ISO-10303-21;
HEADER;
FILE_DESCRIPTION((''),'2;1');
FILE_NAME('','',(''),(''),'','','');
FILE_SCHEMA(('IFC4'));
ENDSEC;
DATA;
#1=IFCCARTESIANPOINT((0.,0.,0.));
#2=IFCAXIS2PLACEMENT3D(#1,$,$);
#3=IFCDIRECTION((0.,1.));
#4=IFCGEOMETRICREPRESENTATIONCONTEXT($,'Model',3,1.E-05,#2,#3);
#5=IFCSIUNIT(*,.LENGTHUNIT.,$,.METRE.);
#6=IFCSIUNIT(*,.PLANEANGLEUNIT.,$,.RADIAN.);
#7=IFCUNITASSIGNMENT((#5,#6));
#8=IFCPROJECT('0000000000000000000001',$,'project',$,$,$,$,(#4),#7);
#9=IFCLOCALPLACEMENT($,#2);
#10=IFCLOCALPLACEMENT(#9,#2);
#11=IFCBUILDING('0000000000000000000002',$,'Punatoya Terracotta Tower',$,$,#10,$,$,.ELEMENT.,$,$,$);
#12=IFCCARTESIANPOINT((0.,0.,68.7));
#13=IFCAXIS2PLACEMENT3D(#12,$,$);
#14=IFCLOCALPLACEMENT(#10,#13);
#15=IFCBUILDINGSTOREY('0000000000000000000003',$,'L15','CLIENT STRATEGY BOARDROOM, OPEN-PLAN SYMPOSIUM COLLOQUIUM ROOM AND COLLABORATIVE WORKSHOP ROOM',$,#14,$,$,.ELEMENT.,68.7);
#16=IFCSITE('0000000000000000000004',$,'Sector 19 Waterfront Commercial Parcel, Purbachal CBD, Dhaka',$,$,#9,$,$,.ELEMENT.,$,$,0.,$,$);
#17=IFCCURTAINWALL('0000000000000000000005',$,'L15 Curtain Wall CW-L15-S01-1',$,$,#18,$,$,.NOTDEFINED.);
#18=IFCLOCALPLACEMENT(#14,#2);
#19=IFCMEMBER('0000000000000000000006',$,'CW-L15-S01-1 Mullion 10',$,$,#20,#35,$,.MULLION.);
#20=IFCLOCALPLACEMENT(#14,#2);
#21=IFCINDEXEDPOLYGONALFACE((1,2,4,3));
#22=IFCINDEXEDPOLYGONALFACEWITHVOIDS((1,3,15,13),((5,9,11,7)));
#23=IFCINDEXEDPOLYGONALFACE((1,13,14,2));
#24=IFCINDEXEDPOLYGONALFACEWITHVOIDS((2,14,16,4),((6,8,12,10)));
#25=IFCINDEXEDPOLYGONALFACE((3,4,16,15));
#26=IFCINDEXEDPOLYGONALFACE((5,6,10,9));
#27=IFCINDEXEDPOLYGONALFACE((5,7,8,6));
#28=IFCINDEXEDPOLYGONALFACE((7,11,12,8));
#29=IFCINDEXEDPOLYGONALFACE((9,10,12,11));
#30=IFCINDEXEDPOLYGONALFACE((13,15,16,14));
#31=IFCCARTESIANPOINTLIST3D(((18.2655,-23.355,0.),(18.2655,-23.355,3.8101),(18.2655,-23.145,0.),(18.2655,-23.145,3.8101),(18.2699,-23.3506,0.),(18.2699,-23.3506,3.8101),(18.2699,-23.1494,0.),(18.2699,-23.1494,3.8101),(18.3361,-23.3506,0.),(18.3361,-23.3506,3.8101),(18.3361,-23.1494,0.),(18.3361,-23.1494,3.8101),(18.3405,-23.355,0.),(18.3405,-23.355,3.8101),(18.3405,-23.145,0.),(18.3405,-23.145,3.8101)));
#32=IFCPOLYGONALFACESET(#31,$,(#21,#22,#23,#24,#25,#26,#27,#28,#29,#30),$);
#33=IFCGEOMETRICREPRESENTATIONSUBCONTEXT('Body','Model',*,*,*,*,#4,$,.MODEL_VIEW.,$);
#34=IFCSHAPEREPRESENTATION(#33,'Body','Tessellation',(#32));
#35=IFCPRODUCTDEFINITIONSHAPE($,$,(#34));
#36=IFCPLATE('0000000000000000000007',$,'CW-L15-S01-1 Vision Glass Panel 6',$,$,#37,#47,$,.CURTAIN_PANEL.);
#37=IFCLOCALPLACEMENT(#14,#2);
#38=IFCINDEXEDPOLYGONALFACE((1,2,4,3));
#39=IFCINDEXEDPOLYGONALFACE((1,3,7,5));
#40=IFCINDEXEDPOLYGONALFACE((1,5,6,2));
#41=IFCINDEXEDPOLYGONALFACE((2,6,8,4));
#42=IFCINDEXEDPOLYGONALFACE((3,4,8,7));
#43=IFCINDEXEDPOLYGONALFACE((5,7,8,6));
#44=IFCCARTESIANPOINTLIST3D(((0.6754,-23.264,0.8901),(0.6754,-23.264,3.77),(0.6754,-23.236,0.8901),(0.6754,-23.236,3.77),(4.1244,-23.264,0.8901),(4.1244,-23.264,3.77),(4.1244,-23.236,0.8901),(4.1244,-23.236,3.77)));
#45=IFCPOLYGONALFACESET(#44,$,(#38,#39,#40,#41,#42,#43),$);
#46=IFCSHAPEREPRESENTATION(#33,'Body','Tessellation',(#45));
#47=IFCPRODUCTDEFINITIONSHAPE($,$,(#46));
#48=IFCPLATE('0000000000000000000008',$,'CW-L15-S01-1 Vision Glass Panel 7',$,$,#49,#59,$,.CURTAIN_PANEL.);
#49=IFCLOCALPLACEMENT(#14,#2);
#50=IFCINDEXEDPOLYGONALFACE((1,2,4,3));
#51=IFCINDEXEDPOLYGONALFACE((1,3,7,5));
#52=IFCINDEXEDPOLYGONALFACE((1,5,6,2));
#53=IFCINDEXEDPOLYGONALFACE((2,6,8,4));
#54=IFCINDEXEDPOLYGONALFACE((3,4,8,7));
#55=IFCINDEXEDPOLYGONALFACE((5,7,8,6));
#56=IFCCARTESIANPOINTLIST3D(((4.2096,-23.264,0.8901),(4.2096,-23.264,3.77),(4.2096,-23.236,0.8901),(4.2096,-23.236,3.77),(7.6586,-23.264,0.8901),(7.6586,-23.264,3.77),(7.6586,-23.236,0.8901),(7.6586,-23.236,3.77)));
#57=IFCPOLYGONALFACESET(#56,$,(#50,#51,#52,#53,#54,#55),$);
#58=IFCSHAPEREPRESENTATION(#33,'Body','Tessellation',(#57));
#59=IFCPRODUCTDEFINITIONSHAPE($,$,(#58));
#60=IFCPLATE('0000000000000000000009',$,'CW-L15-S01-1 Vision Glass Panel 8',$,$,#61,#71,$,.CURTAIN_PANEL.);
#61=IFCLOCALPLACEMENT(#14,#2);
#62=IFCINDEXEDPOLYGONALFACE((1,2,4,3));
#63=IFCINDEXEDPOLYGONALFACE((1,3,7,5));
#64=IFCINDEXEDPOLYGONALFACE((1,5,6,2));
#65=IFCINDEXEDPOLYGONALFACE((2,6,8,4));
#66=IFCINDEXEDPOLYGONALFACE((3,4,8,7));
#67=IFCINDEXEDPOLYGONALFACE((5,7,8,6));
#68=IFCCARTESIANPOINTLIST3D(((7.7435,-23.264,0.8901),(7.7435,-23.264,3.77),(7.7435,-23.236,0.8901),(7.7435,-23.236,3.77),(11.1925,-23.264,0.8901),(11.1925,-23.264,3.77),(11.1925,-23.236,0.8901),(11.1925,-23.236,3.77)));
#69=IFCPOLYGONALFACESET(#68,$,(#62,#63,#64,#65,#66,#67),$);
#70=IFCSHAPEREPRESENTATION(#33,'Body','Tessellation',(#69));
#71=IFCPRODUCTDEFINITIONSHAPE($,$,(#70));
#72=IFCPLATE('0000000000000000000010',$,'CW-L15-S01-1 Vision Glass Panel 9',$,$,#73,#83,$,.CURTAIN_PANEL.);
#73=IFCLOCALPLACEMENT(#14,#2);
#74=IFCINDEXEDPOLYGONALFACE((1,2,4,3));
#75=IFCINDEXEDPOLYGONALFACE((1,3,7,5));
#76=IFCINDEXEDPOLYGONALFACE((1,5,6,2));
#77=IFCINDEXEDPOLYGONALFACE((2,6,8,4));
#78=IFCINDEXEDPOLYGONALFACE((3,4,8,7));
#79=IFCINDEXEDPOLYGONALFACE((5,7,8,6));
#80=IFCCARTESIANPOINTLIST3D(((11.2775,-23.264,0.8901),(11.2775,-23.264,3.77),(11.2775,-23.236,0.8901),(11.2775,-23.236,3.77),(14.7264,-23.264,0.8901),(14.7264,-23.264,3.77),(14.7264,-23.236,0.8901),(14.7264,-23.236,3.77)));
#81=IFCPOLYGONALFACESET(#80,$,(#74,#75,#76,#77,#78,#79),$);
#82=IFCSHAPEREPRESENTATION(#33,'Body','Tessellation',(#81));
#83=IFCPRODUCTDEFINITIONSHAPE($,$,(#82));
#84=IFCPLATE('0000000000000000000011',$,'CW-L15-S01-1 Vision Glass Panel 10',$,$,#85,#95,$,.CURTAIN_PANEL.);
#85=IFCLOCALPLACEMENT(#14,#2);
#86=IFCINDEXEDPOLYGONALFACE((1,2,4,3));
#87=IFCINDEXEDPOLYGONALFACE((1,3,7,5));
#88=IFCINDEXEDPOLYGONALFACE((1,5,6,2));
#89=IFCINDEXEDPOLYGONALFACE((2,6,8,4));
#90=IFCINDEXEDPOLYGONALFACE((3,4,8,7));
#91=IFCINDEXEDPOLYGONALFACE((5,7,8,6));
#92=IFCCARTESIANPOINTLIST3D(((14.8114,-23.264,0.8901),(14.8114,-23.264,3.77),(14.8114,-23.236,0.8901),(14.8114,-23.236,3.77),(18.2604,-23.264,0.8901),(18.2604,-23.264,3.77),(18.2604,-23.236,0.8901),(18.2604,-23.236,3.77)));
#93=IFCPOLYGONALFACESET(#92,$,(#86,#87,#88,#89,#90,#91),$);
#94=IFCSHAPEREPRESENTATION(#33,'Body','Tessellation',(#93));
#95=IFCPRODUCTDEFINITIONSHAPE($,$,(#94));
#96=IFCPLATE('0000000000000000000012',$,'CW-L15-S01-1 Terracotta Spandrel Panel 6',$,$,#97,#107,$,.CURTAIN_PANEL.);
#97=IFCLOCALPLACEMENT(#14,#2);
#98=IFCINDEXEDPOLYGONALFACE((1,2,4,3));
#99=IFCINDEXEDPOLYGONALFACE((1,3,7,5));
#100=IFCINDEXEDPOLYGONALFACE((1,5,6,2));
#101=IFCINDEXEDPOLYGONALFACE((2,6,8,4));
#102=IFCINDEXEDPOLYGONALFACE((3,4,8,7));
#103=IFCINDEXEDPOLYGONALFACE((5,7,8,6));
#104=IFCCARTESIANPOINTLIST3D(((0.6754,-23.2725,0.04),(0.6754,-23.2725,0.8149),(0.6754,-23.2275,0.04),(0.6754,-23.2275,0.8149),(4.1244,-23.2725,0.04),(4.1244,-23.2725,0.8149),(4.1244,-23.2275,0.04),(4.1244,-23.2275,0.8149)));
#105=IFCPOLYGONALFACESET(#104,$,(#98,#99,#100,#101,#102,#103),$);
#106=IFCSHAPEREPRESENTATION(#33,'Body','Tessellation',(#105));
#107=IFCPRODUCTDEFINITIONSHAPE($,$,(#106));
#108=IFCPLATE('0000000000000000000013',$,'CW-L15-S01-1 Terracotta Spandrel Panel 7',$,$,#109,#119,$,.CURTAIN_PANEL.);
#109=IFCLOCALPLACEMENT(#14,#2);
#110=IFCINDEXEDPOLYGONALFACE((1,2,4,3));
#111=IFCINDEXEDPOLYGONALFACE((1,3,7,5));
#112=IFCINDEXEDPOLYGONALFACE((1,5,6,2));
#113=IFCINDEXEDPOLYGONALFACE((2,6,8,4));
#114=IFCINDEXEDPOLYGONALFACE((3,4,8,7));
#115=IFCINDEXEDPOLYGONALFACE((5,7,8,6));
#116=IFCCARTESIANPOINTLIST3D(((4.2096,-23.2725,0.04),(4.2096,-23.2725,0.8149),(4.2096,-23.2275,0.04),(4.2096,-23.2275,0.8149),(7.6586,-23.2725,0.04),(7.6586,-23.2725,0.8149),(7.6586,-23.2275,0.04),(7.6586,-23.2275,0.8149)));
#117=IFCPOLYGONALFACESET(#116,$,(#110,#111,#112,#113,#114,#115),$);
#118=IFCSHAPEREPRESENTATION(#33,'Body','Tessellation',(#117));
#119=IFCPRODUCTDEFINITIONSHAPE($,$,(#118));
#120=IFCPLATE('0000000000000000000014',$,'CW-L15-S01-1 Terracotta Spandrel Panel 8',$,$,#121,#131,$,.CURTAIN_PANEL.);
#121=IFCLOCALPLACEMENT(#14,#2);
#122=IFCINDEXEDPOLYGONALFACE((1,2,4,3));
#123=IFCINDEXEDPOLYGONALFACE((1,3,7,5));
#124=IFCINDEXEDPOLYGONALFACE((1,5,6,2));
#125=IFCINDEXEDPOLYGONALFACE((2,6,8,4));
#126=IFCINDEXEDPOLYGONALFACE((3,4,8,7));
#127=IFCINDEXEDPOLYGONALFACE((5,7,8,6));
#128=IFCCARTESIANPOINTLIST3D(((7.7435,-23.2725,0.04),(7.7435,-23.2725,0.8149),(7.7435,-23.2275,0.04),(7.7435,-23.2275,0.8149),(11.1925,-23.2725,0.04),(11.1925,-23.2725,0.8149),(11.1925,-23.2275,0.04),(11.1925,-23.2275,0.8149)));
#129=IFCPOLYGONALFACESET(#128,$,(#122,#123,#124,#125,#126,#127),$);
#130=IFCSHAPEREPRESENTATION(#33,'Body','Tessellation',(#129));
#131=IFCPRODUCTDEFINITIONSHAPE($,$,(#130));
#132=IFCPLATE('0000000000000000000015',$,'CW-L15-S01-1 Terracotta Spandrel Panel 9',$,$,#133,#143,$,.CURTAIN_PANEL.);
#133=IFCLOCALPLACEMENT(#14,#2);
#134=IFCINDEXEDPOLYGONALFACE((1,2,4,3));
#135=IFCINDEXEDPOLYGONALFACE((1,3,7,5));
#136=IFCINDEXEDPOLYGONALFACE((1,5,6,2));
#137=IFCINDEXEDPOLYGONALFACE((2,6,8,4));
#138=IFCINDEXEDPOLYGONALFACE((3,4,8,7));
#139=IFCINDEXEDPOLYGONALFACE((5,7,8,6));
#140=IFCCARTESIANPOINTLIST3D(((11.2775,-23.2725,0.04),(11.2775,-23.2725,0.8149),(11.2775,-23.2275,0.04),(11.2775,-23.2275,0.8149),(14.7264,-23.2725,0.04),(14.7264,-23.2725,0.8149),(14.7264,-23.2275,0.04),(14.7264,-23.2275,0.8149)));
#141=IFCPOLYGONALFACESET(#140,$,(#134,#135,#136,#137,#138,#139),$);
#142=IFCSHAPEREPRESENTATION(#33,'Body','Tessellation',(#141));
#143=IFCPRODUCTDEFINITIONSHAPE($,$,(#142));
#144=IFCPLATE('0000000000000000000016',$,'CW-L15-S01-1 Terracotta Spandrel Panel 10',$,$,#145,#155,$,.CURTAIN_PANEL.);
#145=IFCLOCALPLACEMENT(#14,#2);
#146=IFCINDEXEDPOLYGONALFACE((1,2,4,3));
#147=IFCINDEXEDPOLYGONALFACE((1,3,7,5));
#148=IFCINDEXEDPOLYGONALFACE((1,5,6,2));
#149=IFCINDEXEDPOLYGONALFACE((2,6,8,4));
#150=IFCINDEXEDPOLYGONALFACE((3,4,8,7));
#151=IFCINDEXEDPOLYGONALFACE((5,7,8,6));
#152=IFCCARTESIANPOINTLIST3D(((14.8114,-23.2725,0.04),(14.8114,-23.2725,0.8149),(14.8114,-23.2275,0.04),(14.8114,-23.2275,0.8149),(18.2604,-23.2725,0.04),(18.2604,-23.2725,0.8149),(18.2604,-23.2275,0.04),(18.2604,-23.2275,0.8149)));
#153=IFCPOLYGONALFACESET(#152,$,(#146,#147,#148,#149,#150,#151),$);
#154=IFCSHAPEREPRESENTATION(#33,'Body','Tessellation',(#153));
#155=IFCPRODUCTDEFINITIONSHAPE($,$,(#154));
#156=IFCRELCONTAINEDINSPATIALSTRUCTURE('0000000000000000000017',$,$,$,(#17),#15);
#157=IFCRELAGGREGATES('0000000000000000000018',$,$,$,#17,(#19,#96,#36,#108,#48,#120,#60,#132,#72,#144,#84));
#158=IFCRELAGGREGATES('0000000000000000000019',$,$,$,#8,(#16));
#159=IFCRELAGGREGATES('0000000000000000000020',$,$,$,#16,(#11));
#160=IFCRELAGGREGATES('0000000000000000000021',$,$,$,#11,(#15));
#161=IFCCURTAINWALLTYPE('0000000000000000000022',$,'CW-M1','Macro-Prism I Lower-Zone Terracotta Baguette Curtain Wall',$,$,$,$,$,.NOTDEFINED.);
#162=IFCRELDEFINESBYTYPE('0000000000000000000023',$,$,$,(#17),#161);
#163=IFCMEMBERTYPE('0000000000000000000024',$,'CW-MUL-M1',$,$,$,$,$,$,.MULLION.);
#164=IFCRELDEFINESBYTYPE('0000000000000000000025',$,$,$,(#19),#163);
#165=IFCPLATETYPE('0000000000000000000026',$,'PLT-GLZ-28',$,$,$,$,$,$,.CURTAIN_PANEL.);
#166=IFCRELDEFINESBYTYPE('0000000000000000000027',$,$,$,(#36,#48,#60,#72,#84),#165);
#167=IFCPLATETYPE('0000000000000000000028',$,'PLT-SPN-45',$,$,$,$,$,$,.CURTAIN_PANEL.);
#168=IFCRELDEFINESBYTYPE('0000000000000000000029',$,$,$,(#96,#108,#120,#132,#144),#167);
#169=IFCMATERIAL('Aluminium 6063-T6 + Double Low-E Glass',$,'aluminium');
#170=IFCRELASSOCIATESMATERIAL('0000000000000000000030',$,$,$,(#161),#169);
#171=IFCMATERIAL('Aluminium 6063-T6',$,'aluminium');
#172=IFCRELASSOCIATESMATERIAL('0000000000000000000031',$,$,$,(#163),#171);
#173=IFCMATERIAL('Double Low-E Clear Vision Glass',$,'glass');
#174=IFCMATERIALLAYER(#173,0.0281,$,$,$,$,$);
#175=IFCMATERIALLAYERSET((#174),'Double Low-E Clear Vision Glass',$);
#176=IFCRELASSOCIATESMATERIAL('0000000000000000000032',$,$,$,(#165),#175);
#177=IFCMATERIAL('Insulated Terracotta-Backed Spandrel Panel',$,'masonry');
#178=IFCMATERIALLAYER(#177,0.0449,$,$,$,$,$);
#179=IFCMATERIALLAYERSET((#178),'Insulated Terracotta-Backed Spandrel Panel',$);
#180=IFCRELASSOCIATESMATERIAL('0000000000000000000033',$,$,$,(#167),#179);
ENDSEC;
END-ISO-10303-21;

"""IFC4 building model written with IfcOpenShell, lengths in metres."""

from ifc_helpers import new_model, si_unit, direction, frame, origin, origin_2d, place, context, subcontext, project, spatial, rectangle, hollow_rectangle, extrude, material, layer, layer_set, material_profile, profile_set, type_object, element, aggregate, save


model = new_model("IFC4")

# Units and contexts
model_context = context("Model", 3, precision=1e-05, world=origin(), true_north=direction((0.0, 1.0)))
body_context = subcontext(model_context, "Body", "Model", "MODEL_VIEW")
ifc_project = project(units=[si_unit("LENGTHUNIT", "METRE"), si_unit("PLANEANGLEUNIT", "RADIAN")], contexts=[model_context])

# Site, building, storey
site_placement = place(None, origin())
site = spatial("IfcSite", under=ifc_project, at=site_placement, Name="Sector 19 Waterfront Commercial Parcel, Purbachal CBD, Dhaka", CompositionType="ELEMENT", RefElevation=0.0)
building_placement = place(site_placement, origin())
building = spatial("IfcBuilding", under=site, at=building_placement, Name="Punatoya Terracotta Tower", CompositionType="ELEMENT")
storey_placement = place(building_placement, frame((0.0, 0.0, 68.7)))
storey = spatial("IfcBuildingStorey", under=building, at=storey_placement, Name="L15", Description="CLIENT STRATEGY BOARDROOM, OPEN-PLAN SYMPOSIUM COLLOQUIUM ROOM AND COLLABORATIVE WORKSHOP ROOM", CompositionType="ELEMENT", Elevation=68.7)

# Curtain wall, member, plates
ifc_material_1 = material(Name="Aluminium 6063-T6 + Double Low-E Glass", Category="aluminium")
curtain_wall_type = type_object("IfcCurtainWallType", Name="CW-M1", Description="Macro-Prism I Lower-Zone Terracotta Baguette Curtain Wall", PredefinedType="NOTDEFINED", material=ifc_material_1)
curtain_wall_placement = place(storey_placement, origin())
curtain_wall = element("IfcCurtainWall", 1, at=curtain_wall_placement, inside=storey, type_object=curtain_wall_type, Name="L15 Curtain Wall CW-L15-S01-1", PredefinedType="NOTDEFINED")
ifc_material_2 = material(Name="Aluminium 6063-T6", Category="aluminium")
ifc_material_profile_1 = material_profile(ifc_material_2, hollow_rectangle(XDim=0.075, YDim=0.21, WallThickness=0.0044, at=origin_2d()))
ifc_profile_set_1 = profile_set([ifc_material_profile_1], Name="Aluminium 6063-T6")
member_type = type_object("IfcMemberType", Name="CW-MUL-M1", PredefinedType="MULLION", material=ifc_profile_set_1)
member_1_placement = place(storey_placement, frame((18.303, -23.25, 0.0), z_axis=(0.0, 0.0, 1.0), x_axis=(1.0, 0.0, 0.0)))
member_1 = element("IfcMember", 2, at=member_1_placement, type_object=member_type, Name="CW-L15-S01-1 Mullion 10", PredefinedType="MULLION", context=body_context, shape_type="SweptSolid", body=[
    extrude(hollow_rectangle(XDim=0.075, YDim=0.21, WallThickness=0.0044, at=origin_2d()), origin(), (0.0, 0.0, 1.0), 3.8101),
])
ifc_material_3 = material(Name="Double Low-E Clear Vision Glass", Category="glass")
ifc_layer_1 = layer(ifc_material_3, 0.0281)
ifc_layer_set_1 = layer_set([ifc_layer_1], Name="Double Low-E Clear Vision Glass")
plate_type_1 = type_object("IfcPlateType", Name="PLT-GLZ-28", PredefinedType="CURTAIN_PANEL", material=ifc_layer_set_1)
plate_1_placement = place(storey_placement, frame((2.3999, -23.25, 0.8901), z_axis=(0.0, 0.0, 1.0), x_axis=(1.0, 0.0, 0.0)))
plate_1 = element("IfcPlate", 3, at=plate_1_placement, type_object=plate_type_1, Name="CW-L15-S01-1 Vision Glass Panel 6", PredefinedType="CURTAIN_PANEL", context=body_context, shape_type="SweptSolid", body=[
    extrude(rectangle(XDim=3.449, YDim=0.0281, at=origin_2d()), origin(), (0.0, 0.0, 1.0), 2.8799),
])
plate_2_placement = place(storey_placement, frame((5.9341, -23.25, 0.8901), z_axis=(0.0, 0.0, 1.0), x_axis=(1.0, 0.0, 0.0)))
plate_2 = element("IfcPlate", 4, at=plate_2_placement, type_object=plate_type_1, Name="CW-L15-S01-1 Vision Glass Panel 7", PredefinedType="CURTAIN_PANEL", context=body_context, shape_type="SweptSolid", body=[
    extrude(rectangle(XDim=3.449, YDim=0.0281, at=origin_2d()), origin(), (0.0, 0.0, 1.0), 2.8799),
])
plate_3_placement = place(storey_placement, frame((9.468, -23.25, 0.8901), z_axis=(0.0, 0.0, 1.0), x_axis=(1.0, 0.0, 0.0)))
plate_3 = element("IfcPlate", 5, at=plate_3_placement, type_object=plate_type_1, Name="CW-L15-S01-1 Vision Glass Panel 8", PredefinedType="CURTAIN_PANEL", context=body_context, shape_type="SweptSolid", body=[
    extrude(rectangle(XDim=3.449, YDim=0.0281, at=origin_2d()), origin(), (0.0, 0.0, 1.0), 2.8799),
])
plate_4_placement = place(storey_placement, frame((13.002, -23.25, 0.8901), z_axis=(0.0, 0.0, 1.0), x_axis=(1.0, 0.0, 0.0)))
plate_4 = element("IfcPlate", 6, at=plate_4_placement, type_object=plate_type_1, Name="CW-L15-S01-1 Vision Glass Panel 9", PredefinedType="CURTAIN_PANEL", context=body_context, shape_type="SweptSolid", body=[
    extrude(rectangle(XDim=3.449, YDim=0.0281, at=origin_2d()), origin(), (0.0, 0.0, 1.0), 2.8799),
])
plate_5_placement = place(storey_placement, frame((16.5359, -23.25, 0.8901), z_axis=(0.0, 0.0, 1.0), x_axis=(1.0, 0.0, 0.0)))
plate_5 = element("IfcPlate", 7, at=plate_5_placement, type_object=plate_type_1, Name="CW-L15-S01-1 Vision Glass Panel 10", PredefinedType="CURTAIN_PANEL", context=body_context, shape_type="SweptSolid", body=[
    extrude(rectangle(XDim=3.449, YDim=0.0281, at=origin_2d()), origin(), (0.0, 0.0, 1.0), 2.8799),
])
ifc_material_4 = material(Name="Insulated Terracotta-Backed Spandrel Panel", Category="masonry")
ifc_layer_2 = layer(ifc_material_4, 0.0449)
ifc_layer_set_2 = layer_set([ifc_layer_2], Name="Insulated Terracotta-Backed Spandrel Panel")
plate_type_2 = type_object("IfcPlateType", Name="PLT-SPN-45", PredefinedType="CURTAIN_PANEL", material=ifc_layer_set_2)
plate_6_placement = place(storey_placement, frame((2.3999, -23.25, 0.04), z_axis=(0.0, 0.0, 1.0), x_axis=(1.0, 0.0, 0.0)))
plate_6 = element("IfcPlate", 8, at=plate_6_placement, type_object=plate_type_2, Name="CW-L15-S01-1 Terracotta Spandrel Panel 6", PredefinedType="CURTAIN_PANEL", context=body_context, shape_type="SweptSolid", body=[
    extrude(rectangle(XDim=3.449, YDim=0.0449, at=origin_2d()), origin(), (0.0, 0.0, 1.0), 0.7749),
])
plate_7_placement = place(storey_placement, frame((5.9341, -23.25, 0.04), z_axis=(0.0, 0.0, 1.0), x_axis=(1.0, 0.0, 0.0)))
plate_7 = element("IfcPlate", 9, at=plate_7_placement, type_object=plate_type_2, Name="CW-L15-S01-1 Terracotta Spandrel Panel 7", PredefinedType="CURTAIN_PANEL", context=body_context, shape_type="SweptSolid", body=[
    extrude(rectangle(XDim=3.449, YDim=0.0449, at=origin_2d()), origin(), (0.0, 0.0, 1.0), 0.7749),
])
plate_8_placement = place(storey_placement, frame((9.468, -23.25, 0.04), z_axis=(0.0, 0.0, 1.0), x_axis=(1.0, 0.0, 0.0)))
plate_8 = element("IfcPlate", 10, at=plate_8_placement, type_object=plate_type_2, Name="CW-L15-S01-1 Terracotta Spandrel Panel 8", PredefinedType="CURTAIN_PANEL", context=body_context, shape_type="SweptSolid", body=[
    extrude(rectangle(XDim=3.449, YDim=0.0449, at=origin_2d()), origin(), (0.0, 0.0, 1.0), 0.7749),
])
plate_9_placement = place(storey_placement, frame((13.002, -23.25, 0.04), z_axis=(0.0, 0.0, 1.0), x_axis=(1.0, 0.0, 0.0)))
plate_9 = element("IfcPlate", 11, at=plate_9_placement, type_object=plate_type_2, Name="CW-L15-S01-1 Terracotta Spandrel Panel 9", PredefinedType="CURTAIN_PANEL", context=body_context, shape_type="SweptSolid", body=[
    extrude(rectangle(XDim=3.449, YDim=0.0449, at=origin_2d()), origin(), (0.0, 0.0, 1.0), 0.7749),
])
plate_10_placement = place(storey_placement, frame((16.5359, -23.25, 0.04), z_axis=(0.0, 0.0, 1.0), x_axis=(1.0, 0.0, 0.0)))
plate_10 = element("IfcPlate", 12, at=plate_10_placement, type_object=plate_type_2, Name="CW-L15-S01-1 Terracotta Spandrel Panel 10", PredefinedType="CURTAIN_PANEL", context=body_context, shape_type="SweptSolid", body=[
    extrude(rectangle(XDim=3.449, YDim=0.0449, at=origin_2d()), origin(), (0.0, 0.0, 1.0), 0.7749),
])
aggregate(curtain_wall, [member_1, plate_6, plate_1, plate_7, plate_2, plate_8, plate_3, plate_9, plate_4, plate_10, plate_5])

save(model, "model.ifc")
